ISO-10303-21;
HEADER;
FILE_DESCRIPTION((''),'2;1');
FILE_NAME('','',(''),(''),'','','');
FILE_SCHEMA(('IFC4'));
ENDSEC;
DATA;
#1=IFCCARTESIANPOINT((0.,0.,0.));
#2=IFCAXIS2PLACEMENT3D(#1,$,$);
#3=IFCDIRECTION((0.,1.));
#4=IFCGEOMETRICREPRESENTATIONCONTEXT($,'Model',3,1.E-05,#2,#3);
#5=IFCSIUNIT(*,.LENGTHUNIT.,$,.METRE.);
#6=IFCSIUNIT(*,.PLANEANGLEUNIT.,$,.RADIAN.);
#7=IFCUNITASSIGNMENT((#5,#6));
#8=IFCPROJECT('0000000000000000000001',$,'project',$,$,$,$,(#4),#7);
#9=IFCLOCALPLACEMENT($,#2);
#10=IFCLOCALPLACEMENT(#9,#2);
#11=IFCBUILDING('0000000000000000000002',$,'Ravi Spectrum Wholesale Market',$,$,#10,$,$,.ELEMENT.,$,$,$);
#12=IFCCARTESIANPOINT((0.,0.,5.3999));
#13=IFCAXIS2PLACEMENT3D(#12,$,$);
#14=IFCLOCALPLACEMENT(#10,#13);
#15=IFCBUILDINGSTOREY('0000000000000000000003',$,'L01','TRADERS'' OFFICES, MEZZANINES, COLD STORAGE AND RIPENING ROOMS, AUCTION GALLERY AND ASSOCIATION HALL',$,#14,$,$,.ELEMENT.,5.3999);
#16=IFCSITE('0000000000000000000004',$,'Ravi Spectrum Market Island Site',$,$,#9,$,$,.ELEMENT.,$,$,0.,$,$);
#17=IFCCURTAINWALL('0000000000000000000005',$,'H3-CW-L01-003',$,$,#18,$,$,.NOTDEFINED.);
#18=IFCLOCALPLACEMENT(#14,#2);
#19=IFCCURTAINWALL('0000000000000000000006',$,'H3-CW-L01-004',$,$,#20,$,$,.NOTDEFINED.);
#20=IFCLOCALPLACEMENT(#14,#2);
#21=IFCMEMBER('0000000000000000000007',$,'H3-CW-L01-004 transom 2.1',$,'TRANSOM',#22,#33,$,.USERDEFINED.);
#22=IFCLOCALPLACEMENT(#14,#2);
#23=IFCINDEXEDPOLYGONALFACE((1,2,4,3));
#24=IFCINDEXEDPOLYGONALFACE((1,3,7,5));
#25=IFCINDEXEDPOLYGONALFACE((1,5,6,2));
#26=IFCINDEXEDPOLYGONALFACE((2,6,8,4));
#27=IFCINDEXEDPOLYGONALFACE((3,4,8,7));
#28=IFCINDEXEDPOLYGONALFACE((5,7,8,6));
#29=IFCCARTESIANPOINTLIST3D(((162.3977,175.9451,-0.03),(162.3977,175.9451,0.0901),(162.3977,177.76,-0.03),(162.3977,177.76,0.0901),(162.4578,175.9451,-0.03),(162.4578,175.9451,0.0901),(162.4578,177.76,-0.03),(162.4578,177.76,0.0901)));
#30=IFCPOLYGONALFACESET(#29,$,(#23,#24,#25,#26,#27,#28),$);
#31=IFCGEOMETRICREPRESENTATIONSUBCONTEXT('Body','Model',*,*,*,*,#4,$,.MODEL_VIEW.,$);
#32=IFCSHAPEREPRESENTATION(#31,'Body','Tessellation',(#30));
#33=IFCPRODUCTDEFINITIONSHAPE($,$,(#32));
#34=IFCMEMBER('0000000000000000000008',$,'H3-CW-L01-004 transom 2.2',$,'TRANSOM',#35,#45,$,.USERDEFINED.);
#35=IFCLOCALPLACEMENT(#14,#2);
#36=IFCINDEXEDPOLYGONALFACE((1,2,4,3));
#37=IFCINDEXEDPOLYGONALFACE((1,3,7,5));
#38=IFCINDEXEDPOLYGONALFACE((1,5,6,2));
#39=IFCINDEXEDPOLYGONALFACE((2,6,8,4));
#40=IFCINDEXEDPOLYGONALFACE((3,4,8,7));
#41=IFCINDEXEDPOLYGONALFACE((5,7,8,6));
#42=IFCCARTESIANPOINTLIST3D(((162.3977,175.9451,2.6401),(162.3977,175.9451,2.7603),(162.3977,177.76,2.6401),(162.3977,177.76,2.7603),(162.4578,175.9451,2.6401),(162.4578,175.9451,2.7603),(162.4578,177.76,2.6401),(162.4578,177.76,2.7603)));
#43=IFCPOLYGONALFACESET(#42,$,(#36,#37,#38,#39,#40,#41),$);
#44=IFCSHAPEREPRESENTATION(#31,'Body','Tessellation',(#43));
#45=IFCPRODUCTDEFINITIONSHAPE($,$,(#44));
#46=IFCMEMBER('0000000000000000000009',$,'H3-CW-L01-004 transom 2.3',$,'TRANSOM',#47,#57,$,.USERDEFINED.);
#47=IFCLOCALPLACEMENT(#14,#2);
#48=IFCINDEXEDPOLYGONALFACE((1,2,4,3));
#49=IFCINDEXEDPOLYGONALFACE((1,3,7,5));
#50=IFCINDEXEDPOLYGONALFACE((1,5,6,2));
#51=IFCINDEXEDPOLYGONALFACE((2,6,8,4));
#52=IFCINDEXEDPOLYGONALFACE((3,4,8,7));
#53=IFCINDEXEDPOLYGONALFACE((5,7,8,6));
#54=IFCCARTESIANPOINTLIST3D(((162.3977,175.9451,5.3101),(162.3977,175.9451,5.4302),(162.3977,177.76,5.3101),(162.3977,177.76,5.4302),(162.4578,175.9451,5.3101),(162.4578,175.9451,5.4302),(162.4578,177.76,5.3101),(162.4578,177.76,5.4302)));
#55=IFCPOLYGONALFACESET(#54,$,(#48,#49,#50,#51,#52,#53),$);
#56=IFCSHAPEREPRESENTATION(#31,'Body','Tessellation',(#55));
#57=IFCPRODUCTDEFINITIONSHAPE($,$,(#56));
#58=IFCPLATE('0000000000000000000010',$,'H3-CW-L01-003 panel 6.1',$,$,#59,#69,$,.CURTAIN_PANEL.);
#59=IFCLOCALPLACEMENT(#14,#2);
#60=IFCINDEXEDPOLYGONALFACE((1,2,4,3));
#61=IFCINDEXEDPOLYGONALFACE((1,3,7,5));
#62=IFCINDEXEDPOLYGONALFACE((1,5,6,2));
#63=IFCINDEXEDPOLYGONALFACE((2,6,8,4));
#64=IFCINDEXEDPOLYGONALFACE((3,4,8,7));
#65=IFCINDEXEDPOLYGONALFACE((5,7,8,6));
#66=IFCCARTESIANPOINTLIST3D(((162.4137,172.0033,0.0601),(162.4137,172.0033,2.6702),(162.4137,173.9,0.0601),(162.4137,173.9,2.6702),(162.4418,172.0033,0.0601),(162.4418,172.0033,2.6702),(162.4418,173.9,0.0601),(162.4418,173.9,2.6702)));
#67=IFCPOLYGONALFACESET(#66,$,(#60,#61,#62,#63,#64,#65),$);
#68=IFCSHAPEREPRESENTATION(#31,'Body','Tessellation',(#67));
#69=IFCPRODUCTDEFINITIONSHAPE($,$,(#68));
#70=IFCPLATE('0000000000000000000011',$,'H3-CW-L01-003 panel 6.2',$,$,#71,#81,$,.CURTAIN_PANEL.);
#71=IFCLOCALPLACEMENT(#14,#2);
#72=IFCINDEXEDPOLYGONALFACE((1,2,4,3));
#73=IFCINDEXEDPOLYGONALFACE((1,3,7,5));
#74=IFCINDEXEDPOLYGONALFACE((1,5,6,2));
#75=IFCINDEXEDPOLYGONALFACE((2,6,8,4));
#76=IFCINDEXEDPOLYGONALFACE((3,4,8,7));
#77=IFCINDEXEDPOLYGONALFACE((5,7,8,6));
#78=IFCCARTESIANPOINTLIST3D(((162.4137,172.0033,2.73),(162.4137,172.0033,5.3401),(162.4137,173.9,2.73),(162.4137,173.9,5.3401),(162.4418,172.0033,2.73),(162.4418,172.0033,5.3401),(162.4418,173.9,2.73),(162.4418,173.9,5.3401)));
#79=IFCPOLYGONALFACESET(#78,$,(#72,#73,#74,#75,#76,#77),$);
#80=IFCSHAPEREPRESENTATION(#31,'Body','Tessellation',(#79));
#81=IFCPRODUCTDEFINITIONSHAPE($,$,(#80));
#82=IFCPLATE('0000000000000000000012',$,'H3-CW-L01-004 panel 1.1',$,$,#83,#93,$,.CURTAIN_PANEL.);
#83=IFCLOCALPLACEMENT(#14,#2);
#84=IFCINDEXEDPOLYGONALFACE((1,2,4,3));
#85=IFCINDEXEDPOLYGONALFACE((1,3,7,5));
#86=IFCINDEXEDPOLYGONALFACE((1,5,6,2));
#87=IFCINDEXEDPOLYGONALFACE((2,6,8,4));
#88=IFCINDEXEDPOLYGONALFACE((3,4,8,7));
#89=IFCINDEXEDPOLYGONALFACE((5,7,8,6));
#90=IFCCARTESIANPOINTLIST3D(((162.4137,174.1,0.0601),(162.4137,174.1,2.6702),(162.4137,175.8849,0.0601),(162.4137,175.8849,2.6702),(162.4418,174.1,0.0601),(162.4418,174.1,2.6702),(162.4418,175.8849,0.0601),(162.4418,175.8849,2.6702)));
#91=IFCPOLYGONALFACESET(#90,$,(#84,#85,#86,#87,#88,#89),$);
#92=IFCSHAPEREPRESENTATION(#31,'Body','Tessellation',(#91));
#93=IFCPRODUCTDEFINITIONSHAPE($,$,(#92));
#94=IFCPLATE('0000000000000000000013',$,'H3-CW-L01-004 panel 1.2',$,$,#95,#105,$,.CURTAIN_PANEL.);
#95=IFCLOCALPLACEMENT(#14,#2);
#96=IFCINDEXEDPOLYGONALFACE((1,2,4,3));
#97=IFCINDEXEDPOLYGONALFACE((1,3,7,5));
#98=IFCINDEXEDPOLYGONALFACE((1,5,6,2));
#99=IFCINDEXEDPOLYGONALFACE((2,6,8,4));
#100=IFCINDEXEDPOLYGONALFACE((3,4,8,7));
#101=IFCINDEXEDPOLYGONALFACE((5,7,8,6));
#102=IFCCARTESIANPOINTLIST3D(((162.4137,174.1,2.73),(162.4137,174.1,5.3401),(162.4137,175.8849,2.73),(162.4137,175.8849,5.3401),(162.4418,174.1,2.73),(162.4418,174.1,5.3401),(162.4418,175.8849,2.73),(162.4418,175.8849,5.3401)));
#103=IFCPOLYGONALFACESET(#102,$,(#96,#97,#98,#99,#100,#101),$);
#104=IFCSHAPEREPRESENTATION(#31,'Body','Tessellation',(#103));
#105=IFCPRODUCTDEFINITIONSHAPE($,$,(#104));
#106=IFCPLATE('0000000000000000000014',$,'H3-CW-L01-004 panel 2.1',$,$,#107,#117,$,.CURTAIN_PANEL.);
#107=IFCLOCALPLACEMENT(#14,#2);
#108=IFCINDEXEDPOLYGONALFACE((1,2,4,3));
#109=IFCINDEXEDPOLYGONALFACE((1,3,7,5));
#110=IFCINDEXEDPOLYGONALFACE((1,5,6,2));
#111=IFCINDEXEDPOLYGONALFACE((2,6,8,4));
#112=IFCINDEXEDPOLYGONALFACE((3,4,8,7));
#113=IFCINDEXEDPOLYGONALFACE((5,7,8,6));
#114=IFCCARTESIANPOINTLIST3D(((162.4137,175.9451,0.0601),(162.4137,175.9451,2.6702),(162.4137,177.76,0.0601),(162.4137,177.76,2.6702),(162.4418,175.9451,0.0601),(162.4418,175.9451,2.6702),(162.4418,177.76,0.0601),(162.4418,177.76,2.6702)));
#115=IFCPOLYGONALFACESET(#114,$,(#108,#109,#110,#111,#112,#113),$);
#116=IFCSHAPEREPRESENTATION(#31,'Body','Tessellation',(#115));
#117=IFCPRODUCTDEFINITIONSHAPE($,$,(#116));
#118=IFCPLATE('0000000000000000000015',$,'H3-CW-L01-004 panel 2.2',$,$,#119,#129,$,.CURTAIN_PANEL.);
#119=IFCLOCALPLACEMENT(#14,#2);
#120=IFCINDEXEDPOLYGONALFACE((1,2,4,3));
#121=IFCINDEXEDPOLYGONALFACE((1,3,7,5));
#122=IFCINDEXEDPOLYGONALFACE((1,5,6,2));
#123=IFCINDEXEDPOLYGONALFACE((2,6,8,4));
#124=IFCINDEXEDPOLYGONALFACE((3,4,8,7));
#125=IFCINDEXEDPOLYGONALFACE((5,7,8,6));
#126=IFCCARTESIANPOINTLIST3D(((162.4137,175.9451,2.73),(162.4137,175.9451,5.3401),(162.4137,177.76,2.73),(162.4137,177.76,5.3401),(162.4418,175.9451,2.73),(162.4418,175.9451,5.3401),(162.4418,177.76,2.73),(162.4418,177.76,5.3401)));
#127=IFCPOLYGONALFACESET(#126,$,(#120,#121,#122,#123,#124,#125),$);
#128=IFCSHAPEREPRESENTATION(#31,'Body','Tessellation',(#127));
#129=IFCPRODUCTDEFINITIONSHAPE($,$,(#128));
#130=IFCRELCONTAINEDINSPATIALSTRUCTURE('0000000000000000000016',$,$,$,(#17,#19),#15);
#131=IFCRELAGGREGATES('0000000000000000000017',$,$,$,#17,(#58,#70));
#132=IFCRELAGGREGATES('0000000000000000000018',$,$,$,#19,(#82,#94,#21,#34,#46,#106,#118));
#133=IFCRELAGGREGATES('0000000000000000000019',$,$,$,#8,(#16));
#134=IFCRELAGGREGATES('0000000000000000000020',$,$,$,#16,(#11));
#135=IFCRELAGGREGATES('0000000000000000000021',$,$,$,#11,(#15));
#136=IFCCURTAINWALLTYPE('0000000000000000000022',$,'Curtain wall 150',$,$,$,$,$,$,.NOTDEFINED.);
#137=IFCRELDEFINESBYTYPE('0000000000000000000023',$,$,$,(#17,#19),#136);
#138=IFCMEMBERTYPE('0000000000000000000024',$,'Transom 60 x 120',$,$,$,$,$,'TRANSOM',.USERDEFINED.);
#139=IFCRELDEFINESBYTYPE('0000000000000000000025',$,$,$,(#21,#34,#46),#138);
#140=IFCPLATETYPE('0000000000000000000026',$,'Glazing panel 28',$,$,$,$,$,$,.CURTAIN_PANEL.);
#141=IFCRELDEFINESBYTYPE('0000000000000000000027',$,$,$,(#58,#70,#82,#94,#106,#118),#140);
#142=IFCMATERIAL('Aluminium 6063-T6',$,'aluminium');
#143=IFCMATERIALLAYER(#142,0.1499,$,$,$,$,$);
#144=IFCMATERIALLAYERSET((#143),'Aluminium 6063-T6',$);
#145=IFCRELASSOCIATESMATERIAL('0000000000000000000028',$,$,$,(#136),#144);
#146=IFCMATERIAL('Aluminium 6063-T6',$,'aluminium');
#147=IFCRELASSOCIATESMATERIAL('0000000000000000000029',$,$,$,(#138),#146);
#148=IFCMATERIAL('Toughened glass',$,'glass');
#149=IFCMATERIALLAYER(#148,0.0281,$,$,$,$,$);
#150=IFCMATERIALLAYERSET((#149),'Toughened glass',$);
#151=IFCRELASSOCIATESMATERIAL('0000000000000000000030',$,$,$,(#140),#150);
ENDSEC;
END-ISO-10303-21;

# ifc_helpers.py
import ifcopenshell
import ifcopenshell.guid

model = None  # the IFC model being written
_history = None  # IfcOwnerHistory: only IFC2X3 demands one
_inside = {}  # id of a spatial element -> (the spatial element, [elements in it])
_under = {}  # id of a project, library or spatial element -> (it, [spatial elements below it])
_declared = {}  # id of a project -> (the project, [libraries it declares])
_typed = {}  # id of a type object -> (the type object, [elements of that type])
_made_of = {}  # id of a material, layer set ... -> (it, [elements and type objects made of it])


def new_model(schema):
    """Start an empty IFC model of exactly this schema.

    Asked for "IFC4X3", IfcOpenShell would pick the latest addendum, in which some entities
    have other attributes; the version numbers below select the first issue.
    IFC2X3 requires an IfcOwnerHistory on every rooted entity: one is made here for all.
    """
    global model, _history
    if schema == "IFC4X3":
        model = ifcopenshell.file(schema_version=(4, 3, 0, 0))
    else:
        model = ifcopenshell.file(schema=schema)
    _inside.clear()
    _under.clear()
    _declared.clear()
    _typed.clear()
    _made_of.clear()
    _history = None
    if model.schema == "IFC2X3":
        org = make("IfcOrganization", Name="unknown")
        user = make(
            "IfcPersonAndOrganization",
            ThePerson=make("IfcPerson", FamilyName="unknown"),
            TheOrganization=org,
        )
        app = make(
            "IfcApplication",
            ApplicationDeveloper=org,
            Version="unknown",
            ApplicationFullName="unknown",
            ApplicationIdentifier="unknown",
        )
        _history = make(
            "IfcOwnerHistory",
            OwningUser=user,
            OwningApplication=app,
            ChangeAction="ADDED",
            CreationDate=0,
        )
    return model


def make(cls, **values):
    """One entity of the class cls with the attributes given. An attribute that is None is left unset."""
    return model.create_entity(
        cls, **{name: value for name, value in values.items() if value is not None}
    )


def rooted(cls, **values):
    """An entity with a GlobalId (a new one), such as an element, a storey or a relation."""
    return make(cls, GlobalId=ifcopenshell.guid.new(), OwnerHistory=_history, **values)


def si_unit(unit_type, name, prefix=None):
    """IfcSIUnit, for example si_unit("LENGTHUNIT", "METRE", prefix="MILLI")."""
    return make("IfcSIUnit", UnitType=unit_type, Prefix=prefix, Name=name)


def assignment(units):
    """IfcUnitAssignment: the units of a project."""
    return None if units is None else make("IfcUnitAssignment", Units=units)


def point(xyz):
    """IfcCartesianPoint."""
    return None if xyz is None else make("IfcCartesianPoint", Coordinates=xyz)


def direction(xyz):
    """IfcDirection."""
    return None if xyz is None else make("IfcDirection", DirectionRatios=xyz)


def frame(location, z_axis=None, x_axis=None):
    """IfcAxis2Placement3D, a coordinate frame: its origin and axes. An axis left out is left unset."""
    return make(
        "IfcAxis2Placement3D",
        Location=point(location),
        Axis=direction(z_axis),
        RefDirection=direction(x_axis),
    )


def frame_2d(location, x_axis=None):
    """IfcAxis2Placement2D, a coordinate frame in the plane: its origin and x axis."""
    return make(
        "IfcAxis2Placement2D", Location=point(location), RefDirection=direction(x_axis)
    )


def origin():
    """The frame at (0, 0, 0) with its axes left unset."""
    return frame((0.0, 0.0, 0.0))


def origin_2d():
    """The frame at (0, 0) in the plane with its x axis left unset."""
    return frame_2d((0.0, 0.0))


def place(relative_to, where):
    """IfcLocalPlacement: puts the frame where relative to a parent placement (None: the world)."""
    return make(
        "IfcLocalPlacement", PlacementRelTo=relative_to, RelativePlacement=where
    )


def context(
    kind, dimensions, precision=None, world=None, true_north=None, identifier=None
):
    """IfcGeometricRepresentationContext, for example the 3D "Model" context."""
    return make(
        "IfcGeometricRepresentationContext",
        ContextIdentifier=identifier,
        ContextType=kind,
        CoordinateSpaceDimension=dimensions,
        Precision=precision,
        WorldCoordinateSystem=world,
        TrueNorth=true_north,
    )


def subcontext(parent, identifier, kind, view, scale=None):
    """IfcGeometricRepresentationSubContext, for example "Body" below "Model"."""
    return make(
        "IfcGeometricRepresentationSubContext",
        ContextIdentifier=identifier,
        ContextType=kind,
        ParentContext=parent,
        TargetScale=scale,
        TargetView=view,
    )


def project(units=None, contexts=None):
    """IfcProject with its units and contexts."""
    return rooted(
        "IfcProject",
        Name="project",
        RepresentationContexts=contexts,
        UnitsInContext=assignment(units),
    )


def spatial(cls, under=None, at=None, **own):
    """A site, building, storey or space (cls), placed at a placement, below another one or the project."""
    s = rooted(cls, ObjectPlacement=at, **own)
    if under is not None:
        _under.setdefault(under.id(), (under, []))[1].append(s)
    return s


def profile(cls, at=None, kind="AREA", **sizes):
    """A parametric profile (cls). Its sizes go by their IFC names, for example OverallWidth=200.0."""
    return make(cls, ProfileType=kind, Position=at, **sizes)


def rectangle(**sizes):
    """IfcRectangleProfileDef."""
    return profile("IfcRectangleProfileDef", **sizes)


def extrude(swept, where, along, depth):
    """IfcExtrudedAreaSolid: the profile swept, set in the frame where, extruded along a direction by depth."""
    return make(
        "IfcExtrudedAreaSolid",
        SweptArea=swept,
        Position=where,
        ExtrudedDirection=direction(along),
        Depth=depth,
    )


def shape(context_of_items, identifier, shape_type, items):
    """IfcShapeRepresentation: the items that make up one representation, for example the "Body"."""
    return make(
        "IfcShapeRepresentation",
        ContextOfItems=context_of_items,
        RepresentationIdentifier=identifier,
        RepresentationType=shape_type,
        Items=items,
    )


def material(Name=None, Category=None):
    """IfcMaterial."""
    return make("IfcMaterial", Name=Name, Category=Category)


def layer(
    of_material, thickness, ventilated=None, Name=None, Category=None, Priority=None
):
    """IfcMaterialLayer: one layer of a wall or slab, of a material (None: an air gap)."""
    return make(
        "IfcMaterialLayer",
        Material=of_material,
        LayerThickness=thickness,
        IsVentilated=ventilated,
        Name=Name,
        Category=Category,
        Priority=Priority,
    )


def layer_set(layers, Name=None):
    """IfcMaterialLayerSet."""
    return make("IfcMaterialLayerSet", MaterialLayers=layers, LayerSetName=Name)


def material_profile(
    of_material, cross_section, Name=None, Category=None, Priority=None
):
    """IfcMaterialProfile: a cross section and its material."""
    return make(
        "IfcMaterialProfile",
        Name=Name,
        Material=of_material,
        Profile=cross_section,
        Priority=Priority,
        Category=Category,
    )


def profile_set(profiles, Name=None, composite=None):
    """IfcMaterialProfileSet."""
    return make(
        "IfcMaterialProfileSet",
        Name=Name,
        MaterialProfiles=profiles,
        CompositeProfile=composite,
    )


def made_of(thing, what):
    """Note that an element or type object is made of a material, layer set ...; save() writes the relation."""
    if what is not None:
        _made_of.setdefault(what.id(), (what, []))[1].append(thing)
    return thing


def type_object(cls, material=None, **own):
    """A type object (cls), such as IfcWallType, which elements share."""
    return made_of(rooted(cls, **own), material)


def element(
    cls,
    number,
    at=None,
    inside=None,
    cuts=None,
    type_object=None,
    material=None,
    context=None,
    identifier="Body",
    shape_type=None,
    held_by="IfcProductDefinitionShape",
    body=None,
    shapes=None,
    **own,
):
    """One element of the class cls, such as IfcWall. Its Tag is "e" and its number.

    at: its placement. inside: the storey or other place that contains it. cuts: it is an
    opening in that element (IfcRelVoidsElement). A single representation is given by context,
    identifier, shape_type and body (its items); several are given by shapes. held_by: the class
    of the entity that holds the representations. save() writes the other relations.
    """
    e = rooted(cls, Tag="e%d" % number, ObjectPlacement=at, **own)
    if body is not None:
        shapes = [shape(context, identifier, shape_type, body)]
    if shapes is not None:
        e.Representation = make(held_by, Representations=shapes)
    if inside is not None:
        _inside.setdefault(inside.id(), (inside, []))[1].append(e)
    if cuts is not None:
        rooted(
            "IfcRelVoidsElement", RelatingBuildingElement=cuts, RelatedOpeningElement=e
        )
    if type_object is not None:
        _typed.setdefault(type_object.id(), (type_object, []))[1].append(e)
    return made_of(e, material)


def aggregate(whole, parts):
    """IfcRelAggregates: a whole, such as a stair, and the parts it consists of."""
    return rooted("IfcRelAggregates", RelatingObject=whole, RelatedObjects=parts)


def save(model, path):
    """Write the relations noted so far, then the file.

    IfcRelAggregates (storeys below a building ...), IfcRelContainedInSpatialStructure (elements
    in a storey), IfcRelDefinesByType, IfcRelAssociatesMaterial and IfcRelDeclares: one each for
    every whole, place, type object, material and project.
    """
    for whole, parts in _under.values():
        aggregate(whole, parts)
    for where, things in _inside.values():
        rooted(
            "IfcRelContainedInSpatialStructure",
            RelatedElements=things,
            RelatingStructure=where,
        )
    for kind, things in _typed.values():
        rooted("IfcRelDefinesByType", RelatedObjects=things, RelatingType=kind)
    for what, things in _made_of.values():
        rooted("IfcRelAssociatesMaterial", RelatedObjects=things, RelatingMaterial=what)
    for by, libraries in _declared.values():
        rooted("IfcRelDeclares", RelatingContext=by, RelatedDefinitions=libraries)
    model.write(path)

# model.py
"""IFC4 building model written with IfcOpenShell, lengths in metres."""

from ifc_helpers import new_model, si_unit, direction, frame, origin, origin_2d, place, context, subcontext, project, spatial, rectangle, extrude, material, layer, layer_set, material_profile, profile_set, type_object, element, aggregate, save


model = new_model("IFC4")

# Units and contexts
model_context = context("Model", 3, precision=1e-05, world=origin(), true_north=direction((0.0, 1.0)))
body_context = subcontext(model_context, "Body", "Model", "MODEL_VIEW")
ifc_project = project(units=[si_unit("LENGTHUNIT", "METRE"), si_unit("PLANEANGLEUNIT", "RADIAN")], contexts=[model_context])

# Site, building, storey
site_placement = place(None, origin())
site = spatial("IfcSite", under=ifc_project, at=site_placement, Name="Ravi Spectrum Market Island Site", CompositionType="ELEMENT", RefElevation=0.0)
building_placement = place(site_placement, origin())
building = spatial("IfcBuilding", under=site, at=building_placement, Name="Ravi Spectrum Wholesale Market", CompositionType="ELEMENT")
storey_placement = place(building_placement, frame((0.0, 0.0, 5.3999)))
storey = spatial("IfcBuildingStorey", under=building, at=storey_placement, Name="L01", Description="TRADERS' OFFICES, MEZZANINES, COLD STORAGE AND RIPENING ROOMS, AUCTION GALLERY AND ASSOCIATION HALL", CompositionType="ELEMENT", Elevation=5.3999)

# Curtain wall
ifc_material_1 = material(Name="Aluminium 6063-T6", Category="aluminium")
ifc_layer_1 = layer(ifc_material_1, 0.1499)
ifc_layer_set_1 = layer_set([ifc_layer_1], Name="Aluminium 6063-T6")
curtain_wall_type = type_object("IfcCurtainWallType", Name="Curtain wall 150", PredefinedType="NOTDEFINED", material=ifc_layer_set_1)
curtain_wall_1_placement = place(storey_placement, origin())
curtain_wall_1 = element("IfcCurtainWall", 1, at=curtain_wall_1_placement, inside=storey, type_object=curtain_wall_type, Name="H3-CW-L01-003", PredefinedType="NOTDEFINED")

# Curtain wall
curtain_wall_2_placement = place(storey_placement, origin())
curtain_wall_2 = element("IfcCurtainWall", 2, at=curtain_wall_2_placement, inside=storey, type_object=curtain_wall_type, Name="H3-CW-L01-004", PredefinedType="NOTDEFINED")

# Members
ifc_material_2 = material(Name="Aluminium 6063-T6", Category="aluminium")
ifc_material_profile_1 = material_profile(ifc_material_2, rectangle(XDim=0.0601, YDim=0.1201, at=origin_2d()))
ifc_profile_set_1 = profile_set([ifc_material_profile_1], Name="Aluminium 6063-T6")
member_type_1 = type_object("IfcMemberType", Name="Transom 60 x 120", ElementType="TRANSOM", PredefinedType="USERDEFINED", material=ifc_profile_set_1)
member_1_placement = place(storey_placement, frame((162.4277, 175.9451, 0.03), z_axis=(0.0, 1.0, 0.0), x_axis=(-1.0, 0.0, 0.0)))
member_1 = element("IfcMember", 3, at=member_1_placement, type_object=member_type_1, Name="H3-CW-L01-004 transom 2.1", ObjectType="TRANSOM", PredefinedType="USERDEFINED", context=body_context, shape_type="SweptSolid", body=[
    extrude(rectangle(XDim=0.0601, YDim=0.1201, at=origin_2d()), origin(), (0.0, 0.0, 1.0), 1.8149),
])
member_2_placement = place(storey_placement, frame((162.4277, 175.9451, 2.7002), z_axis=(0.0, 1.0, 0.0), x_axis=(-1.0, 0.0, 0.0)))
member_2 = element("IfcMember", 4, at=member_2_placement, type_object=member_type_1, Name="H3-CW-L01-004 transom 2.2", ObjectType="TRANSOM", PredefinedType="USERDEFINED", context=body_context, shape_type="SweptSolid", body=[
    extrude(rectangle(XDim=0.0601, YDim=0.1201, at=origin_2d()), origin(), (0.0, 0.0, 1.0), 1.8149),
])
member_3_placement = place(storey_placement, frame((162.4277, 175.9451, 5.3701), z_axis=(0.0, 1.0, 0.0), x_axis=(-1.0, 0.0, 0.0)))
member_3 = element("IfcMember", 5, at=member_3_placement, type_object=member_type_1, Name="H3-CW-L01-004 transom 2.3", ObjectType="TRANSOM", PredefinedType="USERDEFINED", context=body_context, shape_type="SweptSolid", body=[
    extrude(rectangle(XDim=0.0601, YDim=0.1201, at=origin_2d()), origin(), (0.0, 0.0, 1.0), 1.8149),
])

# Plates
ifc_material_3 = material(Name="Toughened glass", Category="glass")
ifc_layer_2 = layer(ifc_material_3, 0.0281)
ifc_layer_set_2 = layer_set([ifc_layer_2], Name="Toughened glass")
plate_type = type_object("IfcPlateType", Name="Glazing panel 28", PredefinedType="CURTAIN_PANEL", material=ifc_layer_set_2)
plate_1_placement = place(storey_placement, frame((162.4277, 172.9517, 0.0601), z_axis=(0.0, 0.0, 1.0), x_axis=(0.0, 1.0, 0.0)))
plate_1 = element("IfcPlate", 6, at=plate_1_placement, type_object=plate_type, Name="H3-CW-L01-003 panel 6.1", PredefinedType="CURTAIN_PANEL", context=body_context, shape_type="SweptSolid", body=[
    extrude(rectangle(XDim=1.8967, YDim=0.0281, at=origin_2d()), origin(), (0.0, 0.0, 1.0), 2.6101),
])
plate_2_placement = place(storey_placement, frame((162.4277, 172.9517, 2.73), z_axis=(0.0, 0.0, 1.0), x_axis=(0.0, 1.0, 0.0)))
plate_2 = element("IfcPlate", 7, at=plate_2_placement, type_object=plate_type, Name="H3-CW-L01-003 panel 6.2", PredefinedType="CURTAIN_PANEL", context=body_context, shape_type="SweptSolid", body=[
    extrude(rectangle(XDim=1.8967, YDim=0.0281, at=origin_2d()), origin(), (0.0, 0.0, 1.0), 2.6101),
])
aggregate(curtain_wall_1, [plate_1, plate_2])
plate_3_placement = place(storey_placement, frame((162.4277, 174.9924, 0.0601), z_axis=(0.0, 0.0, 1.0), x_axis=(0.0, 1.0, 0.0)))
plate_3 = element("IfcPlate", 8, at=plate_3_placement, type_object=plate_type, Name="H3-CW-L01-004 panel 1.1", PredefinedType="CURTAIN_PANEL", context=body_context, shape_type="SweptSolid", body=[
    extrude(rectangle(XDim=1.7849, YDim=0.0281, at=origin_2d()), origin(), (0.0, 0.0, 1.0), 2.6101),
])
plate_4_placement = place(storey_placement, frame((162.4277, 174.9924, 2.73), z_axis=(0.0, 0.0, 1.0), x_axis=(0.0, 1.0, 0.0)))
plate_4 = element("IfcPlate", 9, at=plate_4_placement, type_object=plate_type, Name="H3-CW-L01-004 panel 1.2", PredefinedType="CURTAIN_PANEL", context=body_context, shape_type="SweptSolid", body=[
    extrude(rectangle(XDim=1.7849, YDim=0.0281, at=origin_2d()), origin(), (0.0, 0.0, 1.0), 2.6101),
])
plate_5_placement = place(storey_placement, frame((162.4277, 176.8525, 0.0601), z_axis=(0.0, 0.0, 1.0), x_axis=(0.0, 1.0, 0.0)))
plate_5 = element("IfcPlate", 10, at=plate_5_placement, type_object=plate_type, Name="H3-CW-L01-004 panel 2.1", PredefinedType="CURTAIN_PANEL", context=body_context, shape_type="SweptSolid", body=[
    extrude(rectangle(XDim=1.8149, YDim=0.0281, at=origin_2d()), origin(), (0.0, 0.0, 1.0), 2.6101),
])
plate_6_placement = place(storey_placement, frame((162.4277, 176.8525, 2.73), z_axis=(0.0, 0.0, 1.0), x_axis=(0.0, 1.0, 0.0)))
plate_6 = element("IfcPlate", 11, at=plate_6_placement, type_object=plate_type, Name="H3-CW-L01-004 panel 2.2", PredefinedType="CURTAIN_PANEL", context=body_context, shape_type="SweptSolid", body=[
    extrude(rectangle(XDim=1.8149, YDim=0.0281, at=origin_2d()), origin(), (0.0, 0.0, 1.0), 2.6101),
])
aggregate(curtain_wall_2, [plate_3, plate_4, member_1, member_2, member_3, plate_5, plate_6])

save(model, "model.ifc")
